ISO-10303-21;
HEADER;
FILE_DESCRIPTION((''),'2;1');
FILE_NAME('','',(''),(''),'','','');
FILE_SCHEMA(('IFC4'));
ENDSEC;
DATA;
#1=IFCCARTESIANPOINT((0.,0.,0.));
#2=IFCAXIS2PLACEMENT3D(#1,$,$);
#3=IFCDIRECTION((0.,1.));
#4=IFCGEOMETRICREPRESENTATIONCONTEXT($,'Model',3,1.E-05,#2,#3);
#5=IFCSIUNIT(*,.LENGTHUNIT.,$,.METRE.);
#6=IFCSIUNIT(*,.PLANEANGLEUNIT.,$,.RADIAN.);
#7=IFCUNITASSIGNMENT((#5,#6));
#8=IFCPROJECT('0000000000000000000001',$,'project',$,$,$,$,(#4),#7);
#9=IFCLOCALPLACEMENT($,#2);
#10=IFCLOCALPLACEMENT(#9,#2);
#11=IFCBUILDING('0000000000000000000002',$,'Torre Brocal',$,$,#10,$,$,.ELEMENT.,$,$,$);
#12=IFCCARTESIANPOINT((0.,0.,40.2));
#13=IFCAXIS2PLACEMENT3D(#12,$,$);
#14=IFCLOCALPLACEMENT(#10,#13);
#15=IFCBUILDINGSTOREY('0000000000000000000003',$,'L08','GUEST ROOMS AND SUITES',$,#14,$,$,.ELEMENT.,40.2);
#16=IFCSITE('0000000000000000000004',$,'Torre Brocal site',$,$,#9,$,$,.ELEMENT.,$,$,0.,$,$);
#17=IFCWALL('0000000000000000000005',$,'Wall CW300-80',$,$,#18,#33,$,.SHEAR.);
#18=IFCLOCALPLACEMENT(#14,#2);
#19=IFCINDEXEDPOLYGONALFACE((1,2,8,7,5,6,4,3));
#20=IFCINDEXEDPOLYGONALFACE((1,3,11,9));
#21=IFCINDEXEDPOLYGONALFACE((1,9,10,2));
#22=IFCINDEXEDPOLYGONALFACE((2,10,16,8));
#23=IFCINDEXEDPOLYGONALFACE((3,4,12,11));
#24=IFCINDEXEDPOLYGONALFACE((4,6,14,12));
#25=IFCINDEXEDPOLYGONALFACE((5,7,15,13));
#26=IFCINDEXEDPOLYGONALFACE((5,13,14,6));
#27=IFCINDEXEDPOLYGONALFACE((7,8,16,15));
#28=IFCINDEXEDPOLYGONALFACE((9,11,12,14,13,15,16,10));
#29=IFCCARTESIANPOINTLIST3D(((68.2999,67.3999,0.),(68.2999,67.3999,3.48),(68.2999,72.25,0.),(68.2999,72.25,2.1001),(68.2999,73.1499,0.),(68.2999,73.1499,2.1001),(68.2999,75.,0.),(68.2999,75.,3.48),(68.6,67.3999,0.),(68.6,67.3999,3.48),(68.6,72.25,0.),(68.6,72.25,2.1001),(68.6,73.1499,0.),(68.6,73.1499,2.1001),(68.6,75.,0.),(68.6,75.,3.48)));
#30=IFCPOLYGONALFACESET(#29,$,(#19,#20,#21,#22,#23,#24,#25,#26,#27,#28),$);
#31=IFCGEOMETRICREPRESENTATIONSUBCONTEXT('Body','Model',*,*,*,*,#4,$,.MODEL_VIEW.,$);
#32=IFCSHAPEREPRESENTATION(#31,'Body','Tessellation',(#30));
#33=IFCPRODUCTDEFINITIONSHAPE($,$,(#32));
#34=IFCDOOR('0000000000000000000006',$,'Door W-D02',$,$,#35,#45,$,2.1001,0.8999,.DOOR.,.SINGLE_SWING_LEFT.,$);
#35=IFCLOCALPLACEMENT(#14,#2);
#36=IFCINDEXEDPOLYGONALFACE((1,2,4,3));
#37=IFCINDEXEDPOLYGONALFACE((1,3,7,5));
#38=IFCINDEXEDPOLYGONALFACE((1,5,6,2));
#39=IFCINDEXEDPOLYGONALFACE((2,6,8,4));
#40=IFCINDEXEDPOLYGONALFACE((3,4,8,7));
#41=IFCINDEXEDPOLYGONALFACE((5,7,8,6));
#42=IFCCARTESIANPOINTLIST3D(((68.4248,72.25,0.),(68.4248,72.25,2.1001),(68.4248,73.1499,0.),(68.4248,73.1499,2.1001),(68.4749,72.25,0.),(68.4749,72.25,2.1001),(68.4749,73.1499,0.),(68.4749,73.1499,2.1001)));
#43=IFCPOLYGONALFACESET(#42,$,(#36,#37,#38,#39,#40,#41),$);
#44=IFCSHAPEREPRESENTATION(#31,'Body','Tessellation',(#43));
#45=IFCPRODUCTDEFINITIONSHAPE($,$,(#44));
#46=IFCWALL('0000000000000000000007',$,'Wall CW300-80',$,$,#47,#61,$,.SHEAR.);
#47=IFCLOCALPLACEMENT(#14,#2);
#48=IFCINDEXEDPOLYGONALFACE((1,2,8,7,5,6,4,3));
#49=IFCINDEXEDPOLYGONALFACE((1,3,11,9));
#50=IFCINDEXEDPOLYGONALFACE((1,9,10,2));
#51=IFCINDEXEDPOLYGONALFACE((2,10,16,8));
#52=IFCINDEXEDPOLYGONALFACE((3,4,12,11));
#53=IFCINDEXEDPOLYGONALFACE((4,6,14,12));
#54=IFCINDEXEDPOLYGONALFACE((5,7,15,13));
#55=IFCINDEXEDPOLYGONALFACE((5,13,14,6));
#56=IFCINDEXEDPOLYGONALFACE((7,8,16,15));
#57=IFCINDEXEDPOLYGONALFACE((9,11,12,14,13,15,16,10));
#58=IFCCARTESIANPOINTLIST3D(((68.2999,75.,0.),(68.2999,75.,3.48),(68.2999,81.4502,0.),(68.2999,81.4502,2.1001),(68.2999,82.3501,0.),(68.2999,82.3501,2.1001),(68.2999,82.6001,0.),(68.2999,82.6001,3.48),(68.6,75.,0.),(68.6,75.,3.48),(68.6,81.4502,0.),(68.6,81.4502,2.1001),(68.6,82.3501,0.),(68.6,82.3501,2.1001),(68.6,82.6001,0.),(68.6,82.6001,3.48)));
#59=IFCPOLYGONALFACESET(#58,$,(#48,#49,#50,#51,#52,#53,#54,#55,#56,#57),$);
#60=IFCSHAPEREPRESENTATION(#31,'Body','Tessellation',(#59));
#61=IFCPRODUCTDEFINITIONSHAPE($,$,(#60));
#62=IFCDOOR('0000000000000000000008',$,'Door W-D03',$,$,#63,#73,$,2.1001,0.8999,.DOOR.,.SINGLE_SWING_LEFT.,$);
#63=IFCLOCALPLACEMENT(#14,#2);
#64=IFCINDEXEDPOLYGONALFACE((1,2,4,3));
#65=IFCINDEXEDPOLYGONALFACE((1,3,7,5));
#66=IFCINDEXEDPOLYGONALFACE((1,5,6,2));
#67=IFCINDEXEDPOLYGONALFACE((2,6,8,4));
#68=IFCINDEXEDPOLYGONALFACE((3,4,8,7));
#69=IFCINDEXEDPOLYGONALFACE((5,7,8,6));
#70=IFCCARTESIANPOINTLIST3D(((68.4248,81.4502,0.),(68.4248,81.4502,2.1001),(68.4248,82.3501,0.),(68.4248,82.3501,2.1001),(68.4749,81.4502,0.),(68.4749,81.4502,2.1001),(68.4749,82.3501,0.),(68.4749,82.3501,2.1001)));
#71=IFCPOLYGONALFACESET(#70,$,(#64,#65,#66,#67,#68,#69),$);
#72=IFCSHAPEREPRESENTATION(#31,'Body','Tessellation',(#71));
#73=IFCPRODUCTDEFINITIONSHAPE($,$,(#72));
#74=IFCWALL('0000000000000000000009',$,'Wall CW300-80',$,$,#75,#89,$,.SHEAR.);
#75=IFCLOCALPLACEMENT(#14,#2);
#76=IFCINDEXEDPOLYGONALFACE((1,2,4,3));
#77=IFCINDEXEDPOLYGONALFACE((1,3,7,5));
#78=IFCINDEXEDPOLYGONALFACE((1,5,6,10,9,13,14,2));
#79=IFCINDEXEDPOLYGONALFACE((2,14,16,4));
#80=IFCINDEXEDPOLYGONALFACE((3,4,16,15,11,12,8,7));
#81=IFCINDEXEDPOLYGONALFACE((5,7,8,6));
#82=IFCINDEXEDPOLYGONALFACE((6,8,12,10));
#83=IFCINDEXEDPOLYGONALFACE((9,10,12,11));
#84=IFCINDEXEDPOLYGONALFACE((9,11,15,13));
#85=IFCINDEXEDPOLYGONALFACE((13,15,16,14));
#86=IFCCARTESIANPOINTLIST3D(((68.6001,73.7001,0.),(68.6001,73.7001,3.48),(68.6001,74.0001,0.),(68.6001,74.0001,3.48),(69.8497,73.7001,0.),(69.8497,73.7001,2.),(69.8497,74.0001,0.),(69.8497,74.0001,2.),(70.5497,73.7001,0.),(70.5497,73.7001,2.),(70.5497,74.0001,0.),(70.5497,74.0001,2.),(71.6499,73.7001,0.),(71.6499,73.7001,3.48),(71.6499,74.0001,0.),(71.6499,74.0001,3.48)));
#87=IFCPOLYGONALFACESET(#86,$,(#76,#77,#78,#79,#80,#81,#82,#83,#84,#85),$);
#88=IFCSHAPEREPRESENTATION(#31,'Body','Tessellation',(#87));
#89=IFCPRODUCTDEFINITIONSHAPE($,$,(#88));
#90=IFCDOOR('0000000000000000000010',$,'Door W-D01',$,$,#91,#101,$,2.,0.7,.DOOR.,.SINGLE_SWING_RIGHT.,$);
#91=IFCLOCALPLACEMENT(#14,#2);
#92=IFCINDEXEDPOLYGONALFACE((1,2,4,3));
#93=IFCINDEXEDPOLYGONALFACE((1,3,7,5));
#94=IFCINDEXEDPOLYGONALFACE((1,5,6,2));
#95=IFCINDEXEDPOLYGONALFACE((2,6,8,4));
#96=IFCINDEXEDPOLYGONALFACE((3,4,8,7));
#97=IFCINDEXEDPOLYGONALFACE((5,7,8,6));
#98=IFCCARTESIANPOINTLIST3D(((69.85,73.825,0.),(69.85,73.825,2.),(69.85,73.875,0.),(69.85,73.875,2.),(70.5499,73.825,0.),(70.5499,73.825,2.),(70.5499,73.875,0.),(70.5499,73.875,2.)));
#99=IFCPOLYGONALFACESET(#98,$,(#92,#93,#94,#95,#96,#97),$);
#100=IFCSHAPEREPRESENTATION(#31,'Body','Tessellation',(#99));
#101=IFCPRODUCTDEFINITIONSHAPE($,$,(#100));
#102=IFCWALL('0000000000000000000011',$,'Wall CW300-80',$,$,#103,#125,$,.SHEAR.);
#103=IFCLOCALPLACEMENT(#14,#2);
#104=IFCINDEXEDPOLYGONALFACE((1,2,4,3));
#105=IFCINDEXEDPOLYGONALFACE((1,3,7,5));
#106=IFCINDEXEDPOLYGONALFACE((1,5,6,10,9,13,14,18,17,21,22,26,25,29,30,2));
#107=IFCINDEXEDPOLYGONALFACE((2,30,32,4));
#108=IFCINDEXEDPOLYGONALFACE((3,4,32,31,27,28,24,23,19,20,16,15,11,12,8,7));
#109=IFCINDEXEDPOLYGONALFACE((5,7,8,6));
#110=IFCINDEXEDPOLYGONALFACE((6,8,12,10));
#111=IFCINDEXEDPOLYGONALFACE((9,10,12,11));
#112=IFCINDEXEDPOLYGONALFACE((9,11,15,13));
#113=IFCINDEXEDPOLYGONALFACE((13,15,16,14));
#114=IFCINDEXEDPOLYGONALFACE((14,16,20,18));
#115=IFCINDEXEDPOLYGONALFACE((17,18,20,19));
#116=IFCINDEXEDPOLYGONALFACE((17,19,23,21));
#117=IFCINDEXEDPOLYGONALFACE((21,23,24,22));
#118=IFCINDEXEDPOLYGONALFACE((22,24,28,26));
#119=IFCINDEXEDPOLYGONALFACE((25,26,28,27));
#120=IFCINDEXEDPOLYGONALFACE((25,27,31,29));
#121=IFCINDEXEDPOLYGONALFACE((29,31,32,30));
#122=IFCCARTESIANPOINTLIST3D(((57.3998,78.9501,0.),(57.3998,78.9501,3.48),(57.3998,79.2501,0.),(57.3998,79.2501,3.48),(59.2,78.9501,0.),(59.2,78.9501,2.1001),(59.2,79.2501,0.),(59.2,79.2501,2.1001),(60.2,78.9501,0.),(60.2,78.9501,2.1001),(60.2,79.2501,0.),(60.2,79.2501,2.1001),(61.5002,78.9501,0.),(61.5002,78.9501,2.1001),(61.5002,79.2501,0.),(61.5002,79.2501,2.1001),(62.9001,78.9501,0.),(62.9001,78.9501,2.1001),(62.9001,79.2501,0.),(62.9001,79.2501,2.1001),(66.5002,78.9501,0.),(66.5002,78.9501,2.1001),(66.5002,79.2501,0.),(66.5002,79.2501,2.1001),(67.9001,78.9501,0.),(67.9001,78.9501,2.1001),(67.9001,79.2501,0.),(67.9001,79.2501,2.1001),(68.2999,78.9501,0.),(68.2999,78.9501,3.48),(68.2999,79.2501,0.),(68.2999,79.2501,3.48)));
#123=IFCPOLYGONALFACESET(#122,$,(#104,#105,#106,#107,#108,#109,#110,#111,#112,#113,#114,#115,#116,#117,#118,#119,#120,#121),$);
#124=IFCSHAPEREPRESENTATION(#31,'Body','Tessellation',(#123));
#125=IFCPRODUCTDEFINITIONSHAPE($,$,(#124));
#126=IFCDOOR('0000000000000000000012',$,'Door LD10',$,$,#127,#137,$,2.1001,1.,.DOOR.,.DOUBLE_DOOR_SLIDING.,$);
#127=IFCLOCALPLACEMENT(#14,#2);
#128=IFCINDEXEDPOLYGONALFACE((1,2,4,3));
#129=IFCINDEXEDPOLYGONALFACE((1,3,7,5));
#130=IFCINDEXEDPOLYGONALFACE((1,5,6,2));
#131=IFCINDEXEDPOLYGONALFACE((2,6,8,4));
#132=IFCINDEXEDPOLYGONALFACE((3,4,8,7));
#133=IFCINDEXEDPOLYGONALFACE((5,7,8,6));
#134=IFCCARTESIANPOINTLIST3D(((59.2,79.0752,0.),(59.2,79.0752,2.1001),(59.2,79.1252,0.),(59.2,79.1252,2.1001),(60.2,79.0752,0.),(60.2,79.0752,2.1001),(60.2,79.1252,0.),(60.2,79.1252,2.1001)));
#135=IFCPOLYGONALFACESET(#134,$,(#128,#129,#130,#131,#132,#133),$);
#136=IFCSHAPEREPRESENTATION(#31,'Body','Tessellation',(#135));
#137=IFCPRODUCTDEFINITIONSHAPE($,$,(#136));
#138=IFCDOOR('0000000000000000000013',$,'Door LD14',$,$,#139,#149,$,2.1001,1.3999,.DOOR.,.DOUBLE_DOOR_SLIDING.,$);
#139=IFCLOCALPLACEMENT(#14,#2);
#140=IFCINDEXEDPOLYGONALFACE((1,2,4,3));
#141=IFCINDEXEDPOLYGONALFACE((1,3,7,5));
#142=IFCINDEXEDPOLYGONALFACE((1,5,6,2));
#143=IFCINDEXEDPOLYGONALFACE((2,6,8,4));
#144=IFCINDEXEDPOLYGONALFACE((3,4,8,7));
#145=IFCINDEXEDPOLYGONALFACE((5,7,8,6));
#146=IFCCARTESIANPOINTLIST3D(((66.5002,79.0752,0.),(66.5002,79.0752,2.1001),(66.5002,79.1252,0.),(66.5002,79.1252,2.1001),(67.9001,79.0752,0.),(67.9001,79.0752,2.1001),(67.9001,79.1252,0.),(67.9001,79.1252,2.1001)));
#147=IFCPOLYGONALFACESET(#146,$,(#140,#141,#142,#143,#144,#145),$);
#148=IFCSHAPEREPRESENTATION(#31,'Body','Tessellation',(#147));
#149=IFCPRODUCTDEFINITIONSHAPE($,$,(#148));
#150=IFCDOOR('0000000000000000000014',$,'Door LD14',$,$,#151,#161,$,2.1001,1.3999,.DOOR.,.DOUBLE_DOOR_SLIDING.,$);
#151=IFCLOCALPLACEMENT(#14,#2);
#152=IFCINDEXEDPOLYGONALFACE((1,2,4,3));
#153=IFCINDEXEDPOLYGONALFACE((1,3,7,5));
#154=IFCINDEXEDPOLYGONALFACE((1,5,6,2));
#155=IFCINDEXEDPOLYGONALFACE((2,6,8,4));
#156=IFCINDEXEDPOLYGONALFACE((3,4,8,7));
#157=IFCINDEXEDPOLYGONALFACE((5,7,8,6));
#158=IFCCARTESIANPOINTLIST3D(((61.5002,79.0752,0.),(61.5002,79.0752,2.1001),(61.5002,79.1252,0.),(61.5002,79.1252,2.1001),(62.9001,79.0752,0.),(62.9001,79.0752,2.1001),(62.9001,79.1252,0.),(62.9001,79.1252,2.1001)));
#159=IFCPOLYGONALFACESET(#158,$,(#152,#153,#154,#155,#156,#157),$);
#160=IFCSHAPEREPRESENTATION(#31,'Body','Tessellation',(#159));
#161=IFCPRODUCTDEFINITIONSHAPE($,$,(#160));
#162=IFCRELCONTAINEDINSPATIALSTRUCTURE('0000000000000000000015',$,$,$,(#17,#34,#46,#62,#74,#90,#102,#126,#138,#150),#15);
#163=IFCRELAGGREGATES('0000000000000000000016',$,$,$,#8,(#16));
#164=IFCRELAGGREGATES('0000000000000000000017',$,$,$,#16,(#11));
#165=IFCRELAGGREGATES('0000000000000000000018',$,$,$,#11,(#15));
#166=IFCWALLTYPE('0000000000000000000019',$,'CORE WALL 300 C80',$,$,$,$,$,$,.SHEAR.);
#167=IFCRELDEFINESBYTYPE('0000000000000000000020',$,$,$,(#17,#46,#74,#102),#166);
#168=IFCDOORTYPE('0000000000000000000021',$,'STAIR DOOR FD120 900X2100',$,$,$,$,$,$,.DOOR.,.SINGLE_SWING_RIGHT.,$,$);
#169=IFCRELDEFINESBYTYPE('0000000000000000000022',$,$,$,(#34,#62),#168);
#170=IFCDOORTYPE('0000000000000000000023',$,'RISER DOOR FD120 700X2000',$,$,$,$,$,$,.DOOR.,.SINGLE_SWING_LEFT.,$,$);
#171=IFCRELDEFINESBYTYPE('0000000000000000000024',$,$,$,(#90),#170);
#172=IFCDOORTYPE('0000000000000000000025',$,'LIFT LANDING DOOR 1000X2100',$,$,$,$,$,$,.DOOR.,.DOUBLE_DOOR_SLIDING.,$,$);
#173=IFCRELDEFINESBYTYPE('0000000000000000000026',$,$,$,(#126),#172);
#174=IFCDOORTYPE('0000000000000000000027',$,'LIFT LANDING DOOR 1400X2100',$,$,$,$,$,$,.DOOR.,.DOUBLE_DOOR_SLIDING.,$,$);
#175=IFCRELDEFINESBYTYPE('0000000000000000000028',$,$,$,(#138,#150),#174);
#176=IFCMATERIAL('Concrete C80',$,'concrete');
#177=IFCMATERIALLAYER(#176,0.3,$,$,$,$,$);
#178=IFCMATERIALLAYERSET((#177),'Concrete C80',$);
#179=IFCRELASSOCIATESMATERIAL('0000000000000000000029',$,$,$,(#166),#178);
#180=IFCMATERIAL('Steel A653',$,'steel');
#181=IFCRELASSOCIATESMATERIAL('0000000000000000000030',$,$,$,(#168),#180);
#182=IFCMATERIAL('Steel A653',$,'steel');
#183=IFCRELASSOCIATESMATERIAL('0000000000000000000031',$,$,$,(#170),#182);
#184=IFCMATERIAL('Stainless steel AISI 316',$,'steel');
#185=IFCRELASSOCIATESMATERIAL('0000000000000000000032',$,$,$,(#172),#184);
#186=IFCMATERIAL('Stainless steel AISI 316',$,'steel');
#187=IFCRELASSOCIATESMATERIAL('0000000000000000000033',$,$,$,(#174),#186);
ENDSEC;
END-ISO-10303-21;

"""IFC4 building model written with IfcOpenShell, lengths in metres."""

from ifc_helpers import new_model, si_unit, direction, frame, frame_2d, origin, place, context, subcontext, project, spatial, rectangle, extrude, material, layer, layer_set, type_object, element, fill, save


model = new_model("IFC4")

# Units and contexts
model_context = context("Model", 3, precision=1e-05, world=origin(), true_north=direction((0.0, 1.0)))
body_context = subcontext(model_context, "Body", "Model", "MODEL_VIEW")
ifc_project = project(units=[si_unit("LENGTHUNIT", "METRE"), si_unit("PLANEANGLEUNIT", "RADIAN")], contexts=[model_context])

# Site, building, storey
site_placement = place(None, origin())
site = spatial("IfcSite", under=ifc_project, at=site_placement, Name="Torre Brocal site", CompositionType="ELEMENT", RefElevation=0.0)
building_placement = place(site_placement, origin())
building = spatial("IfcBuilding", under=site, at=building_placement, Name="Torre Brocal", CompositionType="ELEMENT")
storey_placement = place(building_placement, frame((0.0, 0.0, 40.2)))
storey = spatial("IfcBuildingStorey", under=building, at=storey_placement, Name="L08", Description="GUEST ROOMS AND SUITES", CompositionType="ELEMENT", Elevation=40.2)

# Walls, openings, doors
ifc_material_1 = material(Name="Concrete C80", Category="concrete")
ifc_layer_1 = layer(ifc_material_1, 0.3)
ifc_layer_set_1 = layer_set([ifc_layer_1], Name="Concrete C80")
wall_type_1 = type_object("IfcWallType", Name="CORE WALL 300 C80", PredefinedType="SHEAR", material=ifc_layer_set_1)
wall_1_placement = place(storey_placement, frame((68.45, 75.0, 0.0), z_axis=(0.0, 0.0, 1.0), x_axis=(0.0, -1.0, 0.0)))
wall_1 = element("IfcWall", 1, at=wall_1_placement, inside=storey, type_object=wall_type_1, Name="Wall CW300-80", PredefinedType="SHEAR", context=body_context, shape_type="SweptSolid", body=[
    extrude(rectangle(XDim=7.6001, YDim=0.3, at=frame_2d((3.8, 0.0))), origin(), (0.0, 0.0, 1.0), 3.48),
])
opening_1_placement = place(wall_1_placement, frame((1.8501, 0.0, 0.0)))
opening_1 = element("IfcOpeningElement", 2, at=opening_1_placement, cuts=wall_1, PredefinedType="OPENING", context=body_context, shape_type="SweptSolid", body=[
    extrude(rectangle(XDim=0.8999, YDim=2.1001, at=frame_2d((0.45, 1.05))), frame((0.0, 0.1599, 0.0), z_axis=(0.0, -1.0, 0.0), x_axis=(1.0, 0.0, 0.0)), (0.0, 0.0, 1.0), 0.3201),
])
ifc_material_2 = material(Name="Steel A653", Category="steel")
door_type_1 = type_object("IfcDoorType", Name="STAIR DOOR FD120 900X2100", OperationType="SINGLE_SWING_RIGHT", PredefinedType="DOOR", material=ifc_material_2)
door_1_placement = place(opening_1_placement, origin())
door_1 = element("IfcDoor", 3, at=door_1_placement, inside=storey, type_object=door_type_1, Name="Door W-D02", OperationType="SINGLE_SWING_LEFT", OverallHeight=2.1001, OverallWidth=0.8999, PredefinedType="DOOR", context=body_context, shape_type="SweptSolid", body=[
    extrude(rectangle(XDim=0.8999, YDim=2.1001, at=frame_2d((0.45, 1.05))), frame((0.0, 0.0249, 0.0), z_axis=(0.0, -1.0, 0.0), x_axis=(1.0, 0.0, 0.0)), (0.0, 0.0, 1.0), 0.05),
])
fill(opening_1, door_1)
wall_2_placement = place(storey_placement, frame((68.45, 82.6001, 0.0), z_axis=(0.0, 0.0, 1.0), x_axis=(0.0, -1.0, 0.0)))
wall_2 = element("IfcWall", 4, at=wall_2_placement, inside=storey, type_object=wall_type_1, Name="Wall CW300-80", PredefinedType="SHEAR", context=body_context, shape_type="SweptSolid", body=[
    extrude(rectangle(XDim=7.6001, YDim=0.3, at=frame_2d((3.8, 0.0))), origin(), (0.0, 0.0, 1.0), 3.48),
])
opening_2_placement = place(wall_2_placement, frame((0.25, 0.0, 0.0)))
opening_2 = element("IfcOpeningElement", 5, at=opening_2_placement, cuts=wall_2, PredefinedType="OPENING", context=body_context, shape_type="SweptSolid", body=[
    extrude(rectangle(XDim=0.8999, YDim=2.1001, at=frame_2d((0.45, 1.05))), frame((0.0, 0.1599, 0.0), z_axis=(0.0, -1.0, 0.0), x_axis=(1.0, 0.0, 0.0)), (0.0, 0.0, 1.0), 0.3201),
])
door_2_placement = place(opening_2_placement, origin())
door_2 = element("IfcDoor", 6, at=door_2_placement, inside=storey, type_object=door_type_1, Name="Door W-D03", OperationType="SINGLE_SWING_LEFT", OverallHeight=2.1001, OverallWidth=0.8999, PredefinedType="DOOR", context=body_context, shape_type="SweptSolid", body=[
    extrude(rectangle(XDim=0.8999, YDim=2.1001, at=frame_2d((0.45, 1.05))), frame((0.0, 0.0249, 0.0), z_axis=(0.0, -1.0, 0.0), x_axis=(1.0, 0.0, 0.0)), (0.0, 0.0, 1.0), 0.05),
])
fill(opening_2, door_2)
wall_3_placement = place(storey_placement, frame((71.6499, 73.8501, 0.0), z_axis=(0.0, 0.0, 1.0), x_axis=(-1.0, 0.0, 0.0)))
wall_3 = element("IfcWall", 7, at=wall_3_placement, inside=storey, type_object=wall_type_1, Name="Wall CW300-80", PredefinedType="SHEAR", context=body_context, shape_type="SweptSolid", body=[
    extrude(rectangle(XDim=3.0498, YDim=0.3, at=frame_2d((1.5249, 0.0))), origin(), (0.0, 0.0, 1.0), 3.48),
])
opening_3_placement = place(wall_3_placement, frame((1.1001, 0.0, 0.0)))
opening_3 = element("IfcOpeningElement", 8, at=opening_3_placement, cuts=wall_3, PredefinedType="OPENING", context=body_context, shape_type="SweptSolid", body=[
    extrude(rectangle(XDim=0.7, YDim=2.0, at=frame_2d((0.3501, 1.0))), frame((0.0, 0.1599, 0.0), z_axis=(0.0, -1.0, 0.0), x_axis=(1.0, 0.0, 0.0)), (0.0, 0.0, 1.0), 0.3201),
])
ifc_material_3 = material(Name="Steel A653", Category="steel")
door_type_2 = type_object("IfcDoorType", Name="RISER DOOR FD120 700X2000", OperationType="SINGLE_SWING_LEFT", PredefinedType="DOOR", material=ifc_material_3)
door_3_placement = place(opening_3_placement, frame((0.7, 0.0, 0.0), z_axis=(0.0, 0.0, 1.0), x_axis=(-1.0, 0.0, 0.0)))
door_3 = element("IfcDoor", 9, at=door_3_placement, inside=storey, type_object=door_type_2, Name="Door W-D01", OperationType="SINGLE_SWING_RIGHT", OverallHeight=2.0, OverallWidth=0.7, PredefinedType="DOOR", context=body_context, shape_type="SweptSolid", body=[
    extrude(rectangle(XDim=0.7, YDim=2.0, at=frame_2d((0.3501, 1.0))), frame((0.0, 0.0249, 0.0), z_axis=(0.0, -1.0, 0.0), x_axis=(1.0, 0.0, 0.0)), (0.0, 0.0, 1.0), 0.05),
])
fill(opening_3, door_3)

# Wall, openings, doors
wall_4_placement = place(storey_placement, frame((68.3, 79.1001, 0.0), z_axis=(0.0, 0.0, 1.0), x_axis=(-1.0, 0.0, 0.0)))
wall_4 = element("IfcWall", 10, at=wall_4_placement, inside=storey, type_object=wall_type_1, Name="Wall CW300-80", PredefinedType="SHEAR", context=body_context, shape_type="SweptSolid", body=[
    extrude(rectangle(XDim=10.9001, YDim=0.3, at=frame_2d((5.4502, 0.0))), origin(), (0.0, 0.0, 1.0), 3.48),
])
opening_4_placement = place(wall_4_placement, frame((0.3999, 0.0, 0.0)))
opening_4 = element("IfcOpeningElement", 11, at=opening_4_placement, cuts=wall_4, PredefinedType="OPENING", context=body_context, shape_type="SweptSolid", body=[
    extrude(rectangle(XDim=1.3999, YDim=2.1001, at=frame_2d((0.7, 1.05))), frame((0.0, 0.1599, 0.0), z_axis=(0.0, -1.0, 0.0), x_axis=(1.0, 0.0, 0.0)), (0.0, 0.0, 1.0), 0.3201),
])
opening_5_placement = place(wall_4_placement, frame((5.3999, 0.0, 0.0)))
opening_5 = element("IfcOpeningElement", 12, at=opening_5_placement, cuts=wall_4, PredefinedType="OPENING", context=body_context, shape_type="SweptSolid", body=[
    extrude(rectangle(XDim=1.3999, YDim=2.1001, at=frame_2d((0.7, 1.05))), frame((0.0, 0.1599, 0.0), z_axis=(0.0, -1.0, 0.0), x_axis=(1.0, 0.0, 0.0)), (0.0, 0.0, 1.0), 0.3201),
])
opening_6_placement = place(wall_4_placement, frame((8.1001, 0.0, 0.0)))
opening_6 = element("IfcOpeningElement", 13, at=opening_6_placement, cuts=wall_4, PredefinedType="OPENING", context=body_context, shape_type="SweptSolid", body=[
    extrude(rectangle(XDim=1.0, YDim=2.1001, at=frame_2d((0.5, 1.05))), frame((0.0, 0.1599, 0.0), z_axis=(0.0, -1.0, 0.0), x_axis=(1.0, 0.0, 0.0)), (0.0, 0.0, 1.0), 0.3201),
])
ifc_material_4 = material(Name="Stainless steel AISI 316", Category="steel")
door_type_3 = type_object("IfcDoorType", Name="LIFT LANDING DOOR 1000X2100", OperationType="DOUBLE_DOOR_SLIDING", PredefinedType="DOOR", material=ifc_material_4)
door_4_placement = place(opening_6_placement, origin())
door_4 = element("IfcDoor", 14, at=door_4_placement, inside=storey, type_object=door_type_3, Name="Door LD10", OperationType="DOUBLE_DOOR_SLIDING", OverallHeight=2.1001, OverallWidth=1.0, PredefinedType="DOOR", context=body_context, shape_type="SweptSolid", body=[
    extrude(rectangle(XDim=1.0, YDim=2.1001, at=frame_2d((0.5, 1.05))), frame((0.0, 0.0249, 0.0), z_axis=(0.0, -1.0, 0.0), x_axis=(1.0, 0.0, 0.0)), (0.0, 0.0, 1.0), 0.05),
])
fill(opening_6, door_4)
ifc_material_5 = material(Name="Stainless steel AISI 316", Category="steel")
door_type_4 = type_object("IfcDoorType", Name="LIFT LANDING DOOR 1400X2100", OperationType="DOUBLE_DOOR_SLIDING", PredefinedType="DOOR", material=ifc_material_5)
door_5_placement = place(opening_4_placement, origin())
door_5 = element("IfcDoor", 15, at=door_5_placement, inside=storey, type_object=door_type_4, Name="Door LD14", OperationType="DOUBLE_DOOR_SLIDING", OverallHeight=2.1001, OverallWidth=1.3999, PredefinedType="DOOR", context=body_context, shape_type="SweptSolid", body=[
    extrude(rectangle(XDim=1.3999, YDim=2.1001, at=frame_2d((0.7, 1.05))), frame((0.0, 0.0249, 0.0), z_axis=(0.0, -1.0, 0.0), x_axis=(1.0, 0.0, 0.0)), (0.0, 0.0, 1.0), 0.05),
])
fill(opening_4, door_5)
door_6_placement = place(opening_5_placement, origin())
door_6 = element("IfcDoor", 16, at=door_6_placement, inside=storey, type_object=door_type_4, Name="Door LD14", OperationType="DOUBLE_DOOR_SLIDING", OverallHeight=2.1001, OverallWidth=1.3999, PredefinedType="DOOR", context=body_context, shape_type="SweptSolid", body=[
    extrude(rectangle(XDim=1.3999, YDim=2.1001, at=frame_2d((0.7, 1.05))), frame((0.0, 0.0249, 0.0), z_axis=(0.0, -1.0, 0.0), x_axis=(1.0, 0.0, 0.0)), (0.0, 0.0, 1.0), 0.05),
])
fill(opening_5, door_6)

save(model, "model.ifc")
